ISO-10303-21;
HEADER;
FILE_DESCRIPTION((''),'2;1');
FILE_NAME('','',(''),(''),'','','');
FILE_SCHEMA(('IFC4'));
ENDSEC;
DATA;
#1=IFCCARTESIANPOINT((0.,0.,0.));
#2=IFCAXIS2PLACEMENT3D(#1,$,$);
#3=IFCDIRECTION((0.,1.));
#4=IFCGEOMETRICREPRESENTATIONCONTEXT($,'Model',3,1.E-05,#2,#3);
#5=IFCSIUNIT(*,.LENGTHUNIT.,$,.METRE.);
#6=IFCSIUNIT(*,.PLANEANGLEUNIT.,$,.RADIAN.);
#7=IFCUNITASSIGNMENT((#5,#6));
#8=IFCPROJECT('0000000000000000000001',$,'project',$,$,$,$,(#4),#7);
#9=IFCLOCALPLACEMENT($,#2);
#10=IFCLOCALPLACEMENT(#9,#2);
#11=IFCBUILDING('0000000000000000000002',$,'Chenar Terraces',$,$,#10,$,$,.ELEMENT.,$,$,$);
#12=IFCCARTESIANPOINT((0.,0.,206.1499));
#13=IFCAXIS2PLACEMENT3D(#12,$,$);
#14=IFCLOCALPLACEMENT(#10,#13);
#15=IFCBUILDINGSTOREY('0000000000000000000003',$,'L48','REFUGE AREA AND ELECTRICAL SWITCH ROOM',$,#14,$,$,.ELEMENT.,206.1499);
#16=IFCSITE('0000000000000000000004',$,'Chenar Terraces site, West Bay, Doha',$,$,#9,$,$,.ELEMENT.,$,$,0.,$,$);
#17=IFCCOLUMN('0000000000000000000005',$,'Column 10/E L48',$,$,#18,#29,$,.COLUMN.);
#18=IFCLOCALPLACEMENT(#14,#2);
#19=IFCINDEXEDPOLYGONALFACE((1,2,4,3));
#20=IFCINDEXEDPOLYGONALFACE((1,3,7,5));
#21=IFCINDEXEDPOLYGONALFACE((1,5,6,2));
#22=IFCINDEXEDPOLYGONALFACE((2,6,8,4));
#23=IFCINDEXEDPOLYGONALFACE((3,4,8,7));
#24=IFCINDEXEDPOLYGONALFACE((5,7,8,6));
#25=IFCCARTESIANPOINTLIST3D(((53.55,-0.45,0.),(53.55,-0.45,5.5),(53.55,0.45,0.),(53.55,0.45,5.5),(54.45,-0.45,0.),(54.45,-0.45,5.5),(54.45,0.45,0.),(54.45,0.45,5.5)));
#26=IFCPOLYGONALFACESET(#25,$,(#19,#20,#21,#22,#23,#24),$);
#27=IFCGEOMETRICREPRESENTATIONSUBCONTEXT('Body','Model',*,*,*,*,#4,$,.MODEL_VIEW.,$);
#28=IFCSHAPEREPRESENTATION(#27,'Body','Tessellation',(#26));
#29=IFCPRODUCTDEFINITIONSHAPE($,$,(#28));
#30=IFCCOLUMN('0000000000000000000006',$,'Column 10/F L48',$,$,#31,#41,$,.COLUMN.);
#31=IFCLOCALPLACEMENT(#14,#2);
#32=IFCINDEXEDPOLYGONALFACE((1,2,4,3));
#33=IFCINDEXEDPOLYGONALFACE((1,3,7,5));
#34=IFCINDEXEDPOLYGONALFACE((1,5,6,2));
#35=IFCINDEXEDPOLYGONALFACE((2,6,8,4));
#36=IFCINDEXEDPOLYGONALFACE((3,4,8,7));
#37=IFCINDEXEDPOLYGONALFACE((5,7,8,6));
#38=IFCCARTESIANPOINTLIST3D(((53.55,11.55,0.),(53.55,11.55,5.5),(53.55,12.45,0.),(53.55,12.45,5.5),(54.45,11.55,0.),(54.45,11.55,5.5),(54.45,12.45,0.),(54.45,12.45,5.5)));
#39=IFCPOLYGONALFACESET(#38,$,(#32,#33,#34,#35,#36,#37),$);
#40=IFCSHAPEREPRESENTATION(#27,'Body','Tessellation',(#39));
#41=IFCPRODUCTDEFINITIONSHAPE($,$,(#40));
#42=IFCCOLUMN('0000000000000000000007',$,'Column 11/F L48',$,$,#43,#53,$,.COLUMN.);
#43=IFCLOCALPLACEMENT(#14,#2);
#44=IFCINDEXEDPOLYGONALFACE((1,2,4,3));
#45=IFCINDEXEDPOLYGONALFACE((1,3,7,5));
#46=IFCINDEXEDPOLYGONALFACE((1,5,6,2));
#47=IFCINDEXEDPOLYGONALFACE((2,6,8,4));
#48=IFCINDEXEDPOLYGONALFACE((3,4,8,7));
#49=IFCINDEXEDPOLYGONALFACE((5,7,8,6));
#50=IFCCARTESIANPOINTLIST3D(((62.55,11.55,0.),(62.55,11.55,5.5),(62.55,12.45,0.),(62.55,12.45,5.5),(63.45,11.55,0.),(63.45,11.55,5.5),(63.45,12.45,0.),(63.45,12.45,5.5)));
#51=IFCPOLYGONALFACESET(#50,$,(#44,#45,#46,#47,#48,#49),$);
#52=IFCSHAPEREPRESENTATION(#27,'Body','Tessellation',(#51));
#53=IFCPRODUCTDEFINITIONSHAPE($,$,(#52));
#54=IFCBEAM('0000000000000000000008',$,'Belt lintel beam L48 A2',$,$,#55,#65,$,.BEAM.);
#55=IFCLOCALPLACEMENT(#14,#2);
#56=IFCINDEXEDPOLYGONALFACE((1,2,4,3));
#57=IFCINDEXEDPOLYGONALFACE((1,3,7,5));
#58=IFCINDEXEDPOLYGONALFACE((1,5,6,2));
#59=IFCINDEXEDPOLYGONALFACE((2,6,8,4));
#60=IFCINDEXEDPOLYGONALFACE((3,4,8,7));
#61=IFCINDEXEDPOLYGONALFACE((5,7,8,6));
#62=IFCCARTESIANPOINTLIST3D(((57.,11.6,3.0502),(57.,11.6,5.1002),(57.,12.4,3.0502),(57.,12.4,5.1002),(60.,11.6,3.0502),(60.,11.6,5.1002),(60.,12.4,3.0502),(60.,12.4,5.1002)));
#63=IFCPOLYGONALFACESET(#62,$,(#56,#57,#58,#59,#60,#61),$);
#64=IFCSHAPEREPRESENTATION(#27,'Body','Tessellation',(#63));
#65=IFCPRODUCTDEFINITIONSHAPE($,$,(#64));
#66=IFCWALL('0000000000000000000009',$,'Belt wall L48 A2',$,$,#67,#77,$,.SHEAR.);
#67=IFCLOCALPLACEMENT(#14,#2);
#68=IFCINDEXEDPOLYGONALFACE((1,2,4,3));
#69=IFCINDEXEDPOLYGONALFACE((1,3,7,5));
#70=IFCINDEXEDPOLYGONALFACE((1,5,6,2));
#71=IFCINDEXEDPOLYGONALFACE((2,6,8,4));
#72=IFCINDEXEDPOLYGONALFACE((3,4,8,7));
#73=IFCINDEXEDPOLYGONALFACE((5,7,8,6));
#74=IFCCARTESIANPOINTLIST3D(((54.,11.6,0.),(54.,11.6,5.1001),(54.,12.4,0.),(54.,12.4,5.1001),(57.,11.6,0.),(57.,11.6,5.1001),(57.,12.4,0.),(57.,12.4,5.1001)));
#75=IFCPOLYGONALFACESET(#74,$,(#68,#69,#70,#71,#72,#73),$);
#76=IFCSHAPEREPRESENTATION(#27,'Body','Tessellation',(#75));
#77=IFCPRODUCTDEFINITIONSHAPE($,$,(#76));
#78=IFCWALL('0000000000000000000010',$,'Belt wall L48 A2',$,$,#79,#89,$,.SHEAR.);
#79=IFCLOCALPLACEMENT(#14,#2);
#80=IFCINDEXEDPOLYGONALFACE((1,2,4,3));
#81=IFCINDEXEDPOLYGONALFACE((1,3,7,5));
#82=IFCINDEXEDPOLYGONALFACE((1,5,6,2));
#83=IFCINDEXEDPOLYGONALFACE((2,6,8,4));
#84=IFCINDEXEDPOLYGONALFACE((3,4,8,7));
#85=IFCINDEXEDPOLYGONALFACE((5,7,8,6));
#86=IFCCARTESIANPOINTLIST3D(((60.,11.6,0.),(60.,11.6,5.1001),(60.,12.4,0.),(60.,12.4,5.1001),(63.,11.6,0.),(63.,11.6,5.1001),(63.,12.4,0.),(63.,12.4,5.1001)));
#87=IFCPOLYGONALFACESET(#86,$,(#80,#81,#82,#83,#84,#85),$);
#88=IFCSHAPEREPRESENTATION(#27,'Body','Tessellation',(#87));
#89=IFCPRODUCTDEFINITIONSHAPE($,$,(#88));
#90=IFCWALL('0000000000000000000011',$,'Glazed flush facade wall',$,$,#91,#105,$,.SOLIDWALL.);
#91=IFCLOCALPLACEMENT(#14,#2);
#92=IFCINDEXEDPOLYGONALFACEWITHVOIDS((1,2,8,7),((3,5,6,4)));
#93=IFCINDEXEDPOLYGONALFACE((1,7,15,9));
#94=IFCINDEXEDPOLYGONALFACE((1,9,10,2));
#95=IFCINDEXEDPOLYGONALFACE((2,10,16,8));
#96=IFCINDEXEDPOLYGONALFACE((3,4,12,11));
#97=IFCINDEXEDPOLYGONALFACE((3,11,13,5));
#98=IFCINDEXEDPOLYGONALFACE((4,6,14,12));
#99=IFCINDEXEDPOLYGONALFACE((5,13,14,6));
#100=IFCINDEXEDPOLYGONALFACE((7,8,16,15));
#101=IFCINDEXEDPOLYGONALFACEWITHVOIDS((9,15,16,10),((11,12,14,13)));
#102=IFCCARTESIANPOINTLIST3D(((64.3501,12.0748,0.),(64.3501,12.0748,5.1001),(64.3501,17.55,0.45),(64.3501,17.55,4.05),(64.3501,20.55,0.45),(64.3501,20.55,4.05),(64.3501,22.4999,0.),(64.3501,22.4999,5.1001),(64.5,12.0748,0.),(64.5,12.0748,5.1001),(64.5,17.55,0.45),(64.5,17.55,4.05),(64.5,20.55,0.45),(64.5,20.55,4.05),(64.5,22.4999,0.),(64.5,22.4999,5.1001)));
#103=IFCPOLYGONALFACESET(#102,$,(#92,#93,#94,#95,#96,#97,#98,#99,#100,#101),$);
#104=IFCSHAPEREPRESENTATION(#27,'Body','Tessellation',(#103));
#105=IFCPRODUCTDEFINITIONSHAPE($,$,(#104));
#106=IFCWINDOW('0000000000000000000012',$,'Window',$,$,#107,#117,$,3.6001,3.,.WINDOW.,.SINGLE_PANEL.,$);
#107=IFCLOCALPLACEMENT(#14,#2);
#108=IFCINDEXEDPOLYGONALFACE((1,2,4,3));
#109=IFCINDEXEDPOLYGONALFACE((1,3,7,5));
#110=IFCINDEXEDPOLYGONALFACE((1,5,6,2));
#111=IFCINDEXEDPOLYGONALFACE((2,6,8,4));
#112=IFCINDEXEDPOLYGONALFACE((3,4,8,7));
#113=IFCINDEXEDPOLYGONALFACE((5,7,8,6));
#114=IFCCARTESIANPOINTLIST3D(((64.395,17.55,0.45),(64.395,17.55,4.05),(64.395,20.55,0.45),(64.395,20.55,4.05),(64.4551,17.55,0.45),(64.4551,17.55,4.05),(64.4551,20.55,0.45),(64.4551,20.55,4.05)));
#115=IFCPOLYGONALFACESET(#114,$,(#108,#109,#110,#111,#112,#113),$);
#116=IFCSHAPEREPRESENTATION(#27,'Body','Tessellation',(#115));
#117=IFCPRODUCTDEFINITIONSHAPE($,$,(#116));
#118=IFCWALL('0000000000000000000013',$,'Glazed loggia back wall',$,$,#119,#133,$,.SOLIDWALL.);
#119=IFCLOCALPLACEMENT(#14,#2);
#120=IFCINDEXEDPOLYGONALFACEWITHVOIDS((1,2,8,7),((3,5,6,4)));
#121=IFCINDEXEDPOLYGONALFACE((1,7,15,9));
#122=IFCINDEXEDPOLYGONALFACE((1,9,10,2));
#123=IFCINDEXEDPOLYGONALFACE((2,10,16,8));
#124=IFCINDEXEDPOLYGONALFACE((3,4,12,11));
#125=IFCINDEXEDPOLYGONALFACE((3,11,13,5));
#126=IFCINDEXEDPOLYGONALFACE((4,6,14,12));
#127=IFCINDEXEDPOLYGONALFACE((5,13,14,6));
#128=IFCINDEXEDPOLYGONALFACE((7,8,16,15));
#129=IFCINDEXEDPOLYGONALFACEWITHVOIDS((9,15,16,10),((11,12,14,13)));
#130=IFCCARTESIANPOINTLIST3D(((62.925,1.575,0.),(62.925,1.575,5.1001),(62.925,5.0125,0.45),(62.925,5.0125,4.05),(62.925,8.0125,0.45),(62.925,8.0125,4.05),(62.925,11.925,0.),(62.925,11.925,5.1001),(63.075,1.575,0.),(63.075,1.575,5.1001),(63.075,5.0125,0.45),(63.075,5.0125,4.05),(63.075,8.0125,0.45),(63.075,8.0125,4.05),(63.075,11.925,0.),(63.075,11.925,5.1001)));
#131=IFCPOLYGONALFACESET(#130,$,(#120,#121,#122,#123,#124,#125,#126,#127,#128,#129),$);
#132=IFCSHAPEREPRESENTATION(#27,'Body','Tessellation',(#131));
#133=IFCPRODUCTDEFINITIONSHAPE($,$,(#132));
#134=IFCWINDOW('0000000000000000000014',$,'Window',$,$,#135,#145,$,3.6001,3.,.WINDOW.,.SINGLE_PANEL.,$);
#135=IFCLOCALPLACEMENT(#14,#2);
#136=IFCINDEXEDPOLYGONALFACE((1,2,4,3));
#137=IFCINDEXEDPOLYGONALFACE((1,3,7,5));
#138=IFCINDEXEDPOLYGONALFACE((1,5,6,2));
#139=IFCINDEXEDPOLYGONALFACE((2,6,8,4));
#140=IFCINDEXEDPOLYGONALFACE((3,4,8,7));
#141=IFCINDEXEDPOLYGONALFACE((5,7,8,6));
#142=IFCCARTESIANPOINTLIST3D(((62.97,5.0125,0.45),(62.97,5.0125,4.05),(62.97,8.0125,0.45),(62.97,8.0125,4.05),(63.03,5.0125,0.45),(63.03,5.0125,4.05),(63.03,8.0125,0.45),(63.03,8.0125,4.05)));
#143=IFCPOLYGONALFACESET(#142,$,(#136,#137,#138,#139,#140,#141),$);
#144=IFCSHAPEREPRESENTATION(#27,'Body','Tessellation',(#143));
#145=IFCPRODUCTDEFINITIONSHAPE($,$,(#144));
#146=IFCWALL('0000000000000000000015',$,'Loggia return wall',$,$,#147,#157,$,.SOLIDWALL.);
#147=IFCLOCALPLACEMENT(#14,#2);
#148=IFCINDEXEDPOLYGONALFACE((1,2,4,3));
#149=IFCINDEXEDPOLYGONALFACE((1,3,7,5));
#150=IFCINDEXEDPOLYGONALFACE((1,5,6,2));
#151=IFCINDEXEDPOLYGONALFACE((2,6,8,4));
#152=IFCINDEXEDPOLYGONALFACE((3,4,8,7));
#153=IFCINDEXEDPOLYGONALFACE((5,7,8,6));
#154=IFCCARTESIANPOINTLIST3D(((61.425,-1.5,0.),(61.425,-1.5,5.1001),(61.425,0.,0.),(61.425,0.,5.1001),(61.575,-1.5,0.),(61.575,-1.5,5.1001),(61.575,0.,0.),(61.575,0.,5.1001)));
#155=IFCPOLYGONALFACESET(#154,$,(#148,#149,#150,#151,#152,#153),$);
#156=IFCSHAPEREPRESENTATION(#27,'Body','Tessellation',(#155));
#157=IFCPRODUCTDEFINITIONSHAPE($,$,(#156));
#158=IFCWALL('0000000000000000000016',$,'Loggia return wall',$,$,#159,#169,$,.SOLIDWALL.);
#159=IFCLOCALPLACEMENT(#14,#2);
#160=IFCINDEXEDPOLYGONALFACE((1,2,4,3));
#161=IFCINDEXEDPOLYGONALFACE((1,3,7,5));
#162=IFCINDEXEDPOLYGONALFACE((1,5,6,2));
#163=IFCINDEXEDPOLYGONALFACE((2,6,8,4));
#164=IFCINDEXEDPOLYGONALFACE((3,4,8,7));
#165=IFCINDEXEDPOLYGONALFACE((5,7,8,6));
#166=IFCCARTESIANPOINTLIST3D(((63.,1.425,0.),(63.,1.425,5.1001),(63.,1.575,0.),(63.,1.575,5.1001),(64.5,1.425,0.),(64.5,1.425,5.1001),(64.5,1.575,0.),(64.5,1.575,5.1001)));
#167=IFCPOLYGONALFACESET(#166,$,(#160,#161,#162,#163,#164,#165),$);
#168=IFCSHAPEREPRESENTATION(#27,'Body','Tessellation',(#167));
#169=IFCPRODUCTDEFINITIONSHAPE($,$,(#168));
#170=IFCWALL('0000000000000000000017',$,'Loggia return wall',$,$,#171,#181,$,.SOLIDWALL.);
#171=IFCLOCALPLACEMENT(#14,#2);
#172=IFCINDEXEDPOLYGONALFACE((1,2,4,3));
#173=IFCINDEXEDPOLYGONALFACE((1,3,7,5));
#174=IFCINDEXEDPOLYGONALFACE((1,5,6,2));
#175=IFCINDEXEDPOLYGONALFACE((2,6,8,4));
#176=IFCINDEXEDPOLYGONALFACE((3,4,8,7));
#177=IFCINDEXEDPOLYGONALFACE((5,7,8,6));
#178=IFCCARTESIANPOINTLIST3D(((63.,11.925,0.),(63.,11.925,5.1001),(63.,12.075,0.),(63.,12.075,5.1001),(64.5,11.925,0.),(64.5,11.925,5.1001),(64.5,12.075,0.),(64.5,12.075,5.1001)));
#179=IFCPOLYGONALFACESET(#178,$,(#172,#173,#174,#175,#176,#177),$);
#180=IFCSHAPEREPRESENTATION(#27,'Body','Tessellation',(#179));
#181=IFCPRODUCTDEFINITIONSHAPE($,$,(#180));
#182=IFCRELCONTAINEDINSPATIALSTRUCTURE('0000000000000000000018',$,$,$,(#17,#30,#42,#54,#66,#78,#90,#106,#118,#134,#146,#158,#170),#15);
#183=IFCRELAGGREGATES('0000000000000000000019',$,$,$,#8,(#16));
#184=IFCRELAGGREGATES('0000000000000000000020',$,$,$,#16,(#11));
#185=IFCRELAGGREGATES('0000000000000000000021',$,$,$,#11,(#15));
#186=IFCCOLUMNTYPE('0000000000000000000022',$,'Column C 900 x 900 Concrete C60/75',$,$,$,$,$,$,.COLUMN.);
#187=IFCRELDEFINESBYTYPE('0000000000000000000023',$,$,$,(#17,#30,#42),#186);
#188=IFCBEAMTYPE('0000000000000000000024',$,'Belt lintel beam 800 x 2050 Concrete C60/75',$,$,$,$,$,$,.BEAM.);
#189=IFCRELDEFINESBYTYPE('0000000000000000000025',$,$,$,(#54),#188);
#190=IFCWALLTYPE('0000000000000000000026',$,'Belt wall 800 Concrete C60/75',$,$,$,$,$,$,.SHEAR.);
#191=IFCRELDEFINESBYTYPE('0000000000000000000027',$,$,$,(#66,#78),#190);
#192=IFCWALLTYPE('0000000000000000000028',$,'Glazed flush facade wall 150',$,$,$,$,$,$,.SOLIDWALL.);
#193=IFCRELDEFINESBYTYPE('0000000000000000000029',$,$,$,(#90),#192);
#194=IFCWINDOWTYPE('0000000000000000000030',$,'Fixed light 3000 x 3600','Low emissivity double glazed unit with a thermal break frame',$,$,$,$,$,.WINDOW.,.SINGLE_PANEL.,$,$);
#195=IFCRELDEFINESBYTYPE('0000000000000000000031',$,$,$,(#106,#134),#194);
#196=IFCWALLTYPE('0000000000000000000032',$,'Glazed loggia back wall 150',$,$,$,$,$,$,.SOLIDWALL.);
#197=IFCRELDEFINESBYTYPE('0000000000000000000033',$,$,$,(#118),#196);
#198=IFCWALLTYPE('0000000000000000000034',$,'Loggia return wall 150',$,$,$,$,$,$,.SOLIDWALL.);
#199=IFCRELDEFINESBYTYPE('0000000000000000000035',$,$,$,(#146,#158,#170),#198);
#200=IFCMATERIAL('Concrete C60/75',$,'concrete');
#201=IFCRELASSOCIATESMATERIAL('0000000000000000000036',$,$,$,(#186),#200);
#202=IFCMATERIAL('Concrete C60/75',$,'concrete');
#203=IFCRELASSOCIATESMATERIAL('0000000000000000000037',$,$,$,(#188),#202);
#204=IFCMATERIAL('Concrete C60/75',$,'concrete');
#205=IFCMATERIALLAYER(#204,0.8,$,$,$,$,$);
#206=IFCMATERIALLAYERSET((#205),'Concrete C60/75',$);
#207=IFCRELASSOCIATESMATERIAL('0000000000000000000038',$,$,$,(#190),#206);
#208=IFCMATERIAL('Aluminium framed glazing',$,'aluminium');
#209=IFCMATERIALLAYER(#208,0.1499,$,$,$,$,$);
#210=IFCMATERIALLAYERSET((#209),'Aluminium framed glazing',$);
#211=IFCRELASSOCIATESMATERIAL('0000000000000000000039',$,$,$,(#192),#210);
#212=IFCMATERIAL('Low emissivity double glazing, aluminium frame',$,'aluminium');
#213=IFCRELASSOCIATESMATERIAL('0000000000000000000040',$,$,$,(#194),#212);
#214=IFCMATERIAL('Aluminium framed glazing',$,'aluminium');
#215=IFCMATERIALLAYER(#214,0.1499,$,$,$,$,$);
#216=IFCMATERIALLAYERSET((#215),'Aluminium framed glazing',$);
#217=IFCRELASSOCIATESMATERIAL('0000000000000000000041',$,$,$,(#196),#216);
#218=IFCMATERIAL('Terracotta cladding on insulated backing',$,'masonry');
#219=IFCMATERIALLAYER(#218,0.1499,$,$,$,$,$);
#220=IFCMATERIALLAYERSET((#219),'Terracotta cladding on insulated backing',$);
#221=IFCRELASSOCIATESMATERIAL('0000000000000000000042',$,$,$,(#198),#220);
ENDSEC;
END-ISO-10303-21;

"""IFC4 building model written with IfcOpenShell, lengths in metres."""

from ifc_helpers import new_model, si_unit, direction, frame, frame_2d, origin, origin_2d, place, context, subcontext, project, spatial, rectangle, extrude, material, layer, layer_set, material_profile, profile_set, type_object, element, fill, save


model = new_model("IFC4")

# Units and contexts
model_context = context("Model", 3, precision=1e-05, world=origin(), true_north=direction((0.0, 1.0)))
body_context = subcontext(model_context, "Body", "Model", "MODEL_VIEW")
ifc_project = project(units=[si_unit("LENGTHUNIT", "METRE"), si_unit("PLANEANGLEUNIT", "RADIAN")], contexts=[model_context])

# Site, building, storey
site_placement = place(None, origin())
site = spatial("IfcSite", under=ifc_project, at=site_placement, Name="Chenar Terraces site, West Bay, Doha", CompositionType="ELEMENT", RefElevation=0.0)
building_placement = place(site_placement, origin())
building = spatial("IfcBuilding", under=site, at=building_placement, Name="Chenar Terraces", CompositionType="ELEMENT")
storey_placement = place(building_placement, frame((0.0, 0.0, 206.1499)))
storey = spatial("IfcBuildingStorey", under=building, at=storey_placement, Name="L48", Description="REFUGE AREA AND ELECTRICAL SWITCH ROOM", CompositionType="ELEMENT", Elevation=206.1499)

# Columns
ifc_material_1 = material(Name="Concrete C60/75", Category="concrete")
ifc_material_profile_1 = material_profile(ifc_material_1, rectangle(XDim=0.8999, YDim=0.8999, at=origin_2d()), Name="C 900 x 900")
ifc_profile_set_1 = profile_set([ifc_material_profile_1], Name="Concrete C60/75")
column_type = type_object("IfcColumnType", Name="Column C 900 x 900 Concrete C60/75", PredefinedType="COLUMN", material=ifc_profile_set_1)
column_1_placement = place(storey_placement, frame((54.0, 0.0, 0.0), z_axis=(0.0, 0.0, 1.0), x_axis=(1.0, 0.0, 0.0)))
element("IfcColumn", 1, at=column_1_placement, inside=storey, type_object=column_type, Name="Column 10/E L48", PredefinedType="COLUMN", context=body_context, shape_type="SweptSolid", body=[
    extrude(rectangle(XDim=0.8999, YDim=0.8999, at=origin_2d()), origin(), (0.0, 0.0, 1.0), 5.5),
])
placement = place(storey_placement, frame((54.0, 12.0, 0.0), z_axis=(0.0, 0.0, 1.0), x_axis=(1.0, 0.0, 0.0)))
element("IfcColumn", 2, at=placement, inside=storey, type_object=column_type, Name="Column 10/F L48", PredefinedType="COLUMN", context=body_context, shape_type="SweptSolid", body=[
    extrude(rectangle(XDim=0.8999, YDim=0.8999, at=origin_2d()), origin(), (0.0, 0.0, 1.0), 5.5),
])
column_2_placement = place(storey_placement, frame((63.0, 12.0, 0.0), z_axis=(0.0, 0.0, 1.0), x_axis=(1.0, 0.0, 0.0)))
element("IfcColumn", 3, at=column_2_placement, inside=storey, type_object=column_type, Name="Column 11/F L48", PredefinedType="COLUMN", context=body_context, shape_type="SweptSolid", body=[
    extrude(rectangle(XDim=0.8999, YDim=0.8999, at=origin_2d()), origin(), (0.0, 0.0, 1.0), 5.5),
])

# Beam
ifc_material_2 = material(Name="Concrete C60/75", Category="concrete")
ifc_material_profile_2 = material_profile(ifc_material_2, rectangle(XDim=0.8, YDim=2.05, at=origin_2d()), Name="RC 800 x 2050")
ifc_profile_set_2 = profile_set([ifc_material_profile_2], Name="Concrete C60/75")
beam_type = type_object("IfcBeamType", Name="Belt lintel beam 800 x 2050 Concrete C60/75", PredefinedType="BEAM", material=ifc_profile_set_2)
beam_placement = place(storey_placement, frame((57.0, 12.0, 4.0752), z_axis=(1.0, 0.0, 0.0), x_axis=(0.0, 1.0, 0.0)))
element("IfcBeam", 4, at=beam_placement, inside=storey, type_object=beam_type, Name="Belt lintel beam L48 A2", PredefinedType="BEAM", context=body_context, shape_type="SweptSolid", body=[
    extrude(rectangle(XDim=0.8, YDim=2.05, at=origin_2d()), origin(), (0.0, 0.0, 1.0), 3.0),
])

# Walls
ifc_material_3 = material(Name="Concrete C60/75", Category="concrete")
ifc_layer_1 = layer(ifc_material_3, 0.8)
ifc_layer_set_1 = layer_set([ifc_layer_1], Name="Concrete C60/75")
wall_type_1 = type_object("IfcWallType", Name="Belt wall 800 Concrete C60/75", PredefinedType="SHEAR", material=ifc_layer_set_1)
element("IfcWall", 5, at=placement, inside=storey, type_object=wall_type_1, Name="Belt wall L48 A2", PredefinedType="SHEAR", context=body_context, shape_type="SweptSolid", body=[
    extrude(rectangle(XDim=3.0, YDim=0.8, at=frame_2d((1.5, 0.0))), origin(), (0.0, 0.0, 1.0), 5.1001),
])
wall_1_placement = place(storey_placement, frame((60.0, 12.0, 0.0), z_axis=(0.0, 0.0, 1.0), x_axis=(1.0, 0.0, 0.0)))
element("IfcWall", 6, at=wall_1_placement, inside=storey, type_object=wall_type_1, Name="Belt wall L48 A2", PredefinedType="SHEAR", context=body_context, shape_type="SweptSolid", body=[
    extrude(rectangle(XDim=3.0, YDim=0.8, at=frame_2d((1.5, 0.0))), origin(), (0.0, 0.0, 1.0), 5.1001),
])

# Walls, openings, windows
ifc_material_4 = material(Name="Aluminium framed glazing", Category="aluminium")
ifc_layer_2 = layer(ifc_material_4, 0.1499)
ifc_layer_set_2 = layer_set([ifc_layer_2], Name="Aluminium framed glazing")
wall_type_2 = type_object("IfcWallType", Name="Glazed flush facade wall 150", PredefinedType="SOLIDWALL", material=ifc_layer_set_2)
wall_2_placement = place(storey_placement, frame((64.425, 12.075, 0.0), z_axis=(0.0, 0.0, 1.0), x_axis=(0.0, 1.0, 0.0)))
wall_2 = element("IfcWall", 7, at=wall_2_placement, inside=storey, type_object=wall_type_2, Name="Glazed flush facade wall", PredefinedType="SOLIDWALL", context=body_context, shape_type="SweptSolid", body=[
    extrude(rectangle(XDim=10.425, YDim=0.1499, at=frame_2d((5.2124, 0.0))), origin(), (0.0, 0.0, 1.0), 5.1001),
])
opening_1_placement = place(wall_2_placement, frame((5.4751, 0.0, 0.45)))
opening_1 = element("IfcOpeningElement", 8, at=opening_1_placement, cuts=wall_2, PredefinedType="OPENING", context=body_context, shape_type="SweptSolid", body=[
    extrude(rectangle(XDim=3.0, YDim=3.6001, at=frame_2d((1.5, 1.8))), frame((0.0, 0.085, 0.0), z_axis=(0.0, -1.0, 0.0), x_axis=(1.0, 0.0, 0.0)), (0.0, 0.0, 1.0), 0.1699),
])
ifc_material_5 = material(Name="Low emissivity double glazing, aluminium frame", Category="aluminium")
window_type = type_object("IfcWindowType", Name="Fixed light 3000 x 3600", Description="Low emissivity double glazed unit with a thermal break frame", PartitioningType="SINGLE_PANEL", PredefinedType="WINDOW", material=ifc_material_5)
window_1_placement = place(opening_1_placement, origin())
window_1 = element("IfcWindow", 9, at=window_1_placement, inside=storey, type_object=window_type, Name="Window", OverallHeight=3.6001, OverallWidth=3.0, PartitioningType="SINGLE_PANEL", PredefinedType="WINDOW", context=body_context, shape_type="SweptSolid", body=[
    extrude(rectangle(XDim=3.0, YDim=3.6001, at=frame_2d((1.5, 1.8))), frame((0.0, 0.03, 0.0), z_axis=(0.0, -1.0, 0.0), x_axis=(1.0, 0.0, 0.0)), (0.0, 0.0, 1.0), 0.0601),
])
fill(opening_1, window_1)
ifc_material_6 = material(Name="Aluminium framed glazing", Category="aluminium")
ifc_layer_3 = layer(ifc_material_6, 0.1499)
ifc_layer_set_3 = layer_set([ifc_layer_3], Name="Aluminium framed glazing")
wall_type_3 = type_object("IfcWallType", Name="Glazed loggia back wall 150", PredefinedType="SOLIDWALL", material=ifc_layer_set_3)
wall_3_placement = place(storey_placement, frame((63.0, 1.575, 0.0), z_axis=(0.0, 0.0, 1.0), x_axis=(0.0, 1.0, 0.0)))
wall_3 = element("IfcWall", 10, at=wall_3_placement, inside=storey, type_object=wall_type_3, Name="Glazed loggia back wall", PredefinedType="SOLIDWALL", context=body_context, shape_type="SweptSolid", body=[
    extrude(rectangle(XDim=10.3501, YDim=0.1499, at=frame_2d((5.175, 0.0))), origin(), (0.0, 0.0, 1.0), 5.1001),
])
opening_2_placement = place(wall_3_placement, frame((3.4375, 0.0, 0.45)))
opening_2 = element("IfcOpeningElement", 11, at=opening_2_placement, cuts=wall_3, PredefinedType="OPENING", context=body_context, shape_type="SweptSolid", body=[
    extrude(rectangle(XDim=3.0, YDim=3.6001, at=frame_2d((1.5, 1.8))), frame((0.0, 0.085, 0.0), z_axis=(0.0, -1.0, 0.0), x_axis=(1.0, 0.0, 0.0)), (0.0, 0.0, 1.0), 0.1699),
])
window_2_placement = place(opening_2_placement, origin())
window_2 = element("IfcWindow", 12, at=window_2_placement, inside=storey, type_object=window_type, Name="Window", OverallHeight=3.6001, OverallWidth=3.0, PartitioningType="SINGLE_PANEL", PredefinedType="WINDOW", context=body_context, shape_type="SweptSolid", body=[
    extrude(rectangle(XDim=3.0, YDim=3.6001, at=frame_2d((1.5, 1.8))), frame((0.0, 0.03, 0.0), z_axis=(0.0, -1.0, 0.0), x_axis=(1.0, 0.0, 0.0)), (0.0, 0.0, 1.0), 0.0601),
])
fill(opening_2, window_2)

# Walls
ifc_material_7 = material(Name="Terracotta cladding on insulated backing", Category="masonry")
ifc_layer_4 = layer(ifc_material_7, 0.1499)
ifc_layer_set_4 = layer_set([ifc_layer_4], Name="Terracotta cladding on insulated backing")
wall_type_4 = type_object("IfcWallType", Name="Loggia return wall 150", PredefinedType="SOLIDWALL", material=ifc_layer_set_4)
for number, where, z_axis, x_axis, name in (
    (13, (61.5, -1.5, 0.0), (0.0, 0.0, 1.0), (0.0, 1.0, 0.0), "Loggia return wall"),
    (14, (64.5, 1.5, 0.0), (0.0, 0.0, 1.0), (-1.0, 0.0, 0.0), "Loggia return wall"),
    (15, (64.5, 12.0, 0.0), (0.0, 0.0, 1.0), (-1.0, 0.0, 0.0), "Loggia return wall"),
):
    element("IfcWall", number, at=place(storey_placement, frame(where, z_axis=z_axis, x_axis=x_axis)), inside=storey, type_object=wall_type_4, Name=name, PredefinedType="SOLIDWALL", context=body_context, shape_type="SweptSolid", body=[
        extrude(rectangle(XDim=1.5, YDim=0.1499, at=frame_2d((0.75, 0.0))), origin(), (0.0, 0.0, 1.0), 5.1001),
    ])

save(model, "model.ifc")
